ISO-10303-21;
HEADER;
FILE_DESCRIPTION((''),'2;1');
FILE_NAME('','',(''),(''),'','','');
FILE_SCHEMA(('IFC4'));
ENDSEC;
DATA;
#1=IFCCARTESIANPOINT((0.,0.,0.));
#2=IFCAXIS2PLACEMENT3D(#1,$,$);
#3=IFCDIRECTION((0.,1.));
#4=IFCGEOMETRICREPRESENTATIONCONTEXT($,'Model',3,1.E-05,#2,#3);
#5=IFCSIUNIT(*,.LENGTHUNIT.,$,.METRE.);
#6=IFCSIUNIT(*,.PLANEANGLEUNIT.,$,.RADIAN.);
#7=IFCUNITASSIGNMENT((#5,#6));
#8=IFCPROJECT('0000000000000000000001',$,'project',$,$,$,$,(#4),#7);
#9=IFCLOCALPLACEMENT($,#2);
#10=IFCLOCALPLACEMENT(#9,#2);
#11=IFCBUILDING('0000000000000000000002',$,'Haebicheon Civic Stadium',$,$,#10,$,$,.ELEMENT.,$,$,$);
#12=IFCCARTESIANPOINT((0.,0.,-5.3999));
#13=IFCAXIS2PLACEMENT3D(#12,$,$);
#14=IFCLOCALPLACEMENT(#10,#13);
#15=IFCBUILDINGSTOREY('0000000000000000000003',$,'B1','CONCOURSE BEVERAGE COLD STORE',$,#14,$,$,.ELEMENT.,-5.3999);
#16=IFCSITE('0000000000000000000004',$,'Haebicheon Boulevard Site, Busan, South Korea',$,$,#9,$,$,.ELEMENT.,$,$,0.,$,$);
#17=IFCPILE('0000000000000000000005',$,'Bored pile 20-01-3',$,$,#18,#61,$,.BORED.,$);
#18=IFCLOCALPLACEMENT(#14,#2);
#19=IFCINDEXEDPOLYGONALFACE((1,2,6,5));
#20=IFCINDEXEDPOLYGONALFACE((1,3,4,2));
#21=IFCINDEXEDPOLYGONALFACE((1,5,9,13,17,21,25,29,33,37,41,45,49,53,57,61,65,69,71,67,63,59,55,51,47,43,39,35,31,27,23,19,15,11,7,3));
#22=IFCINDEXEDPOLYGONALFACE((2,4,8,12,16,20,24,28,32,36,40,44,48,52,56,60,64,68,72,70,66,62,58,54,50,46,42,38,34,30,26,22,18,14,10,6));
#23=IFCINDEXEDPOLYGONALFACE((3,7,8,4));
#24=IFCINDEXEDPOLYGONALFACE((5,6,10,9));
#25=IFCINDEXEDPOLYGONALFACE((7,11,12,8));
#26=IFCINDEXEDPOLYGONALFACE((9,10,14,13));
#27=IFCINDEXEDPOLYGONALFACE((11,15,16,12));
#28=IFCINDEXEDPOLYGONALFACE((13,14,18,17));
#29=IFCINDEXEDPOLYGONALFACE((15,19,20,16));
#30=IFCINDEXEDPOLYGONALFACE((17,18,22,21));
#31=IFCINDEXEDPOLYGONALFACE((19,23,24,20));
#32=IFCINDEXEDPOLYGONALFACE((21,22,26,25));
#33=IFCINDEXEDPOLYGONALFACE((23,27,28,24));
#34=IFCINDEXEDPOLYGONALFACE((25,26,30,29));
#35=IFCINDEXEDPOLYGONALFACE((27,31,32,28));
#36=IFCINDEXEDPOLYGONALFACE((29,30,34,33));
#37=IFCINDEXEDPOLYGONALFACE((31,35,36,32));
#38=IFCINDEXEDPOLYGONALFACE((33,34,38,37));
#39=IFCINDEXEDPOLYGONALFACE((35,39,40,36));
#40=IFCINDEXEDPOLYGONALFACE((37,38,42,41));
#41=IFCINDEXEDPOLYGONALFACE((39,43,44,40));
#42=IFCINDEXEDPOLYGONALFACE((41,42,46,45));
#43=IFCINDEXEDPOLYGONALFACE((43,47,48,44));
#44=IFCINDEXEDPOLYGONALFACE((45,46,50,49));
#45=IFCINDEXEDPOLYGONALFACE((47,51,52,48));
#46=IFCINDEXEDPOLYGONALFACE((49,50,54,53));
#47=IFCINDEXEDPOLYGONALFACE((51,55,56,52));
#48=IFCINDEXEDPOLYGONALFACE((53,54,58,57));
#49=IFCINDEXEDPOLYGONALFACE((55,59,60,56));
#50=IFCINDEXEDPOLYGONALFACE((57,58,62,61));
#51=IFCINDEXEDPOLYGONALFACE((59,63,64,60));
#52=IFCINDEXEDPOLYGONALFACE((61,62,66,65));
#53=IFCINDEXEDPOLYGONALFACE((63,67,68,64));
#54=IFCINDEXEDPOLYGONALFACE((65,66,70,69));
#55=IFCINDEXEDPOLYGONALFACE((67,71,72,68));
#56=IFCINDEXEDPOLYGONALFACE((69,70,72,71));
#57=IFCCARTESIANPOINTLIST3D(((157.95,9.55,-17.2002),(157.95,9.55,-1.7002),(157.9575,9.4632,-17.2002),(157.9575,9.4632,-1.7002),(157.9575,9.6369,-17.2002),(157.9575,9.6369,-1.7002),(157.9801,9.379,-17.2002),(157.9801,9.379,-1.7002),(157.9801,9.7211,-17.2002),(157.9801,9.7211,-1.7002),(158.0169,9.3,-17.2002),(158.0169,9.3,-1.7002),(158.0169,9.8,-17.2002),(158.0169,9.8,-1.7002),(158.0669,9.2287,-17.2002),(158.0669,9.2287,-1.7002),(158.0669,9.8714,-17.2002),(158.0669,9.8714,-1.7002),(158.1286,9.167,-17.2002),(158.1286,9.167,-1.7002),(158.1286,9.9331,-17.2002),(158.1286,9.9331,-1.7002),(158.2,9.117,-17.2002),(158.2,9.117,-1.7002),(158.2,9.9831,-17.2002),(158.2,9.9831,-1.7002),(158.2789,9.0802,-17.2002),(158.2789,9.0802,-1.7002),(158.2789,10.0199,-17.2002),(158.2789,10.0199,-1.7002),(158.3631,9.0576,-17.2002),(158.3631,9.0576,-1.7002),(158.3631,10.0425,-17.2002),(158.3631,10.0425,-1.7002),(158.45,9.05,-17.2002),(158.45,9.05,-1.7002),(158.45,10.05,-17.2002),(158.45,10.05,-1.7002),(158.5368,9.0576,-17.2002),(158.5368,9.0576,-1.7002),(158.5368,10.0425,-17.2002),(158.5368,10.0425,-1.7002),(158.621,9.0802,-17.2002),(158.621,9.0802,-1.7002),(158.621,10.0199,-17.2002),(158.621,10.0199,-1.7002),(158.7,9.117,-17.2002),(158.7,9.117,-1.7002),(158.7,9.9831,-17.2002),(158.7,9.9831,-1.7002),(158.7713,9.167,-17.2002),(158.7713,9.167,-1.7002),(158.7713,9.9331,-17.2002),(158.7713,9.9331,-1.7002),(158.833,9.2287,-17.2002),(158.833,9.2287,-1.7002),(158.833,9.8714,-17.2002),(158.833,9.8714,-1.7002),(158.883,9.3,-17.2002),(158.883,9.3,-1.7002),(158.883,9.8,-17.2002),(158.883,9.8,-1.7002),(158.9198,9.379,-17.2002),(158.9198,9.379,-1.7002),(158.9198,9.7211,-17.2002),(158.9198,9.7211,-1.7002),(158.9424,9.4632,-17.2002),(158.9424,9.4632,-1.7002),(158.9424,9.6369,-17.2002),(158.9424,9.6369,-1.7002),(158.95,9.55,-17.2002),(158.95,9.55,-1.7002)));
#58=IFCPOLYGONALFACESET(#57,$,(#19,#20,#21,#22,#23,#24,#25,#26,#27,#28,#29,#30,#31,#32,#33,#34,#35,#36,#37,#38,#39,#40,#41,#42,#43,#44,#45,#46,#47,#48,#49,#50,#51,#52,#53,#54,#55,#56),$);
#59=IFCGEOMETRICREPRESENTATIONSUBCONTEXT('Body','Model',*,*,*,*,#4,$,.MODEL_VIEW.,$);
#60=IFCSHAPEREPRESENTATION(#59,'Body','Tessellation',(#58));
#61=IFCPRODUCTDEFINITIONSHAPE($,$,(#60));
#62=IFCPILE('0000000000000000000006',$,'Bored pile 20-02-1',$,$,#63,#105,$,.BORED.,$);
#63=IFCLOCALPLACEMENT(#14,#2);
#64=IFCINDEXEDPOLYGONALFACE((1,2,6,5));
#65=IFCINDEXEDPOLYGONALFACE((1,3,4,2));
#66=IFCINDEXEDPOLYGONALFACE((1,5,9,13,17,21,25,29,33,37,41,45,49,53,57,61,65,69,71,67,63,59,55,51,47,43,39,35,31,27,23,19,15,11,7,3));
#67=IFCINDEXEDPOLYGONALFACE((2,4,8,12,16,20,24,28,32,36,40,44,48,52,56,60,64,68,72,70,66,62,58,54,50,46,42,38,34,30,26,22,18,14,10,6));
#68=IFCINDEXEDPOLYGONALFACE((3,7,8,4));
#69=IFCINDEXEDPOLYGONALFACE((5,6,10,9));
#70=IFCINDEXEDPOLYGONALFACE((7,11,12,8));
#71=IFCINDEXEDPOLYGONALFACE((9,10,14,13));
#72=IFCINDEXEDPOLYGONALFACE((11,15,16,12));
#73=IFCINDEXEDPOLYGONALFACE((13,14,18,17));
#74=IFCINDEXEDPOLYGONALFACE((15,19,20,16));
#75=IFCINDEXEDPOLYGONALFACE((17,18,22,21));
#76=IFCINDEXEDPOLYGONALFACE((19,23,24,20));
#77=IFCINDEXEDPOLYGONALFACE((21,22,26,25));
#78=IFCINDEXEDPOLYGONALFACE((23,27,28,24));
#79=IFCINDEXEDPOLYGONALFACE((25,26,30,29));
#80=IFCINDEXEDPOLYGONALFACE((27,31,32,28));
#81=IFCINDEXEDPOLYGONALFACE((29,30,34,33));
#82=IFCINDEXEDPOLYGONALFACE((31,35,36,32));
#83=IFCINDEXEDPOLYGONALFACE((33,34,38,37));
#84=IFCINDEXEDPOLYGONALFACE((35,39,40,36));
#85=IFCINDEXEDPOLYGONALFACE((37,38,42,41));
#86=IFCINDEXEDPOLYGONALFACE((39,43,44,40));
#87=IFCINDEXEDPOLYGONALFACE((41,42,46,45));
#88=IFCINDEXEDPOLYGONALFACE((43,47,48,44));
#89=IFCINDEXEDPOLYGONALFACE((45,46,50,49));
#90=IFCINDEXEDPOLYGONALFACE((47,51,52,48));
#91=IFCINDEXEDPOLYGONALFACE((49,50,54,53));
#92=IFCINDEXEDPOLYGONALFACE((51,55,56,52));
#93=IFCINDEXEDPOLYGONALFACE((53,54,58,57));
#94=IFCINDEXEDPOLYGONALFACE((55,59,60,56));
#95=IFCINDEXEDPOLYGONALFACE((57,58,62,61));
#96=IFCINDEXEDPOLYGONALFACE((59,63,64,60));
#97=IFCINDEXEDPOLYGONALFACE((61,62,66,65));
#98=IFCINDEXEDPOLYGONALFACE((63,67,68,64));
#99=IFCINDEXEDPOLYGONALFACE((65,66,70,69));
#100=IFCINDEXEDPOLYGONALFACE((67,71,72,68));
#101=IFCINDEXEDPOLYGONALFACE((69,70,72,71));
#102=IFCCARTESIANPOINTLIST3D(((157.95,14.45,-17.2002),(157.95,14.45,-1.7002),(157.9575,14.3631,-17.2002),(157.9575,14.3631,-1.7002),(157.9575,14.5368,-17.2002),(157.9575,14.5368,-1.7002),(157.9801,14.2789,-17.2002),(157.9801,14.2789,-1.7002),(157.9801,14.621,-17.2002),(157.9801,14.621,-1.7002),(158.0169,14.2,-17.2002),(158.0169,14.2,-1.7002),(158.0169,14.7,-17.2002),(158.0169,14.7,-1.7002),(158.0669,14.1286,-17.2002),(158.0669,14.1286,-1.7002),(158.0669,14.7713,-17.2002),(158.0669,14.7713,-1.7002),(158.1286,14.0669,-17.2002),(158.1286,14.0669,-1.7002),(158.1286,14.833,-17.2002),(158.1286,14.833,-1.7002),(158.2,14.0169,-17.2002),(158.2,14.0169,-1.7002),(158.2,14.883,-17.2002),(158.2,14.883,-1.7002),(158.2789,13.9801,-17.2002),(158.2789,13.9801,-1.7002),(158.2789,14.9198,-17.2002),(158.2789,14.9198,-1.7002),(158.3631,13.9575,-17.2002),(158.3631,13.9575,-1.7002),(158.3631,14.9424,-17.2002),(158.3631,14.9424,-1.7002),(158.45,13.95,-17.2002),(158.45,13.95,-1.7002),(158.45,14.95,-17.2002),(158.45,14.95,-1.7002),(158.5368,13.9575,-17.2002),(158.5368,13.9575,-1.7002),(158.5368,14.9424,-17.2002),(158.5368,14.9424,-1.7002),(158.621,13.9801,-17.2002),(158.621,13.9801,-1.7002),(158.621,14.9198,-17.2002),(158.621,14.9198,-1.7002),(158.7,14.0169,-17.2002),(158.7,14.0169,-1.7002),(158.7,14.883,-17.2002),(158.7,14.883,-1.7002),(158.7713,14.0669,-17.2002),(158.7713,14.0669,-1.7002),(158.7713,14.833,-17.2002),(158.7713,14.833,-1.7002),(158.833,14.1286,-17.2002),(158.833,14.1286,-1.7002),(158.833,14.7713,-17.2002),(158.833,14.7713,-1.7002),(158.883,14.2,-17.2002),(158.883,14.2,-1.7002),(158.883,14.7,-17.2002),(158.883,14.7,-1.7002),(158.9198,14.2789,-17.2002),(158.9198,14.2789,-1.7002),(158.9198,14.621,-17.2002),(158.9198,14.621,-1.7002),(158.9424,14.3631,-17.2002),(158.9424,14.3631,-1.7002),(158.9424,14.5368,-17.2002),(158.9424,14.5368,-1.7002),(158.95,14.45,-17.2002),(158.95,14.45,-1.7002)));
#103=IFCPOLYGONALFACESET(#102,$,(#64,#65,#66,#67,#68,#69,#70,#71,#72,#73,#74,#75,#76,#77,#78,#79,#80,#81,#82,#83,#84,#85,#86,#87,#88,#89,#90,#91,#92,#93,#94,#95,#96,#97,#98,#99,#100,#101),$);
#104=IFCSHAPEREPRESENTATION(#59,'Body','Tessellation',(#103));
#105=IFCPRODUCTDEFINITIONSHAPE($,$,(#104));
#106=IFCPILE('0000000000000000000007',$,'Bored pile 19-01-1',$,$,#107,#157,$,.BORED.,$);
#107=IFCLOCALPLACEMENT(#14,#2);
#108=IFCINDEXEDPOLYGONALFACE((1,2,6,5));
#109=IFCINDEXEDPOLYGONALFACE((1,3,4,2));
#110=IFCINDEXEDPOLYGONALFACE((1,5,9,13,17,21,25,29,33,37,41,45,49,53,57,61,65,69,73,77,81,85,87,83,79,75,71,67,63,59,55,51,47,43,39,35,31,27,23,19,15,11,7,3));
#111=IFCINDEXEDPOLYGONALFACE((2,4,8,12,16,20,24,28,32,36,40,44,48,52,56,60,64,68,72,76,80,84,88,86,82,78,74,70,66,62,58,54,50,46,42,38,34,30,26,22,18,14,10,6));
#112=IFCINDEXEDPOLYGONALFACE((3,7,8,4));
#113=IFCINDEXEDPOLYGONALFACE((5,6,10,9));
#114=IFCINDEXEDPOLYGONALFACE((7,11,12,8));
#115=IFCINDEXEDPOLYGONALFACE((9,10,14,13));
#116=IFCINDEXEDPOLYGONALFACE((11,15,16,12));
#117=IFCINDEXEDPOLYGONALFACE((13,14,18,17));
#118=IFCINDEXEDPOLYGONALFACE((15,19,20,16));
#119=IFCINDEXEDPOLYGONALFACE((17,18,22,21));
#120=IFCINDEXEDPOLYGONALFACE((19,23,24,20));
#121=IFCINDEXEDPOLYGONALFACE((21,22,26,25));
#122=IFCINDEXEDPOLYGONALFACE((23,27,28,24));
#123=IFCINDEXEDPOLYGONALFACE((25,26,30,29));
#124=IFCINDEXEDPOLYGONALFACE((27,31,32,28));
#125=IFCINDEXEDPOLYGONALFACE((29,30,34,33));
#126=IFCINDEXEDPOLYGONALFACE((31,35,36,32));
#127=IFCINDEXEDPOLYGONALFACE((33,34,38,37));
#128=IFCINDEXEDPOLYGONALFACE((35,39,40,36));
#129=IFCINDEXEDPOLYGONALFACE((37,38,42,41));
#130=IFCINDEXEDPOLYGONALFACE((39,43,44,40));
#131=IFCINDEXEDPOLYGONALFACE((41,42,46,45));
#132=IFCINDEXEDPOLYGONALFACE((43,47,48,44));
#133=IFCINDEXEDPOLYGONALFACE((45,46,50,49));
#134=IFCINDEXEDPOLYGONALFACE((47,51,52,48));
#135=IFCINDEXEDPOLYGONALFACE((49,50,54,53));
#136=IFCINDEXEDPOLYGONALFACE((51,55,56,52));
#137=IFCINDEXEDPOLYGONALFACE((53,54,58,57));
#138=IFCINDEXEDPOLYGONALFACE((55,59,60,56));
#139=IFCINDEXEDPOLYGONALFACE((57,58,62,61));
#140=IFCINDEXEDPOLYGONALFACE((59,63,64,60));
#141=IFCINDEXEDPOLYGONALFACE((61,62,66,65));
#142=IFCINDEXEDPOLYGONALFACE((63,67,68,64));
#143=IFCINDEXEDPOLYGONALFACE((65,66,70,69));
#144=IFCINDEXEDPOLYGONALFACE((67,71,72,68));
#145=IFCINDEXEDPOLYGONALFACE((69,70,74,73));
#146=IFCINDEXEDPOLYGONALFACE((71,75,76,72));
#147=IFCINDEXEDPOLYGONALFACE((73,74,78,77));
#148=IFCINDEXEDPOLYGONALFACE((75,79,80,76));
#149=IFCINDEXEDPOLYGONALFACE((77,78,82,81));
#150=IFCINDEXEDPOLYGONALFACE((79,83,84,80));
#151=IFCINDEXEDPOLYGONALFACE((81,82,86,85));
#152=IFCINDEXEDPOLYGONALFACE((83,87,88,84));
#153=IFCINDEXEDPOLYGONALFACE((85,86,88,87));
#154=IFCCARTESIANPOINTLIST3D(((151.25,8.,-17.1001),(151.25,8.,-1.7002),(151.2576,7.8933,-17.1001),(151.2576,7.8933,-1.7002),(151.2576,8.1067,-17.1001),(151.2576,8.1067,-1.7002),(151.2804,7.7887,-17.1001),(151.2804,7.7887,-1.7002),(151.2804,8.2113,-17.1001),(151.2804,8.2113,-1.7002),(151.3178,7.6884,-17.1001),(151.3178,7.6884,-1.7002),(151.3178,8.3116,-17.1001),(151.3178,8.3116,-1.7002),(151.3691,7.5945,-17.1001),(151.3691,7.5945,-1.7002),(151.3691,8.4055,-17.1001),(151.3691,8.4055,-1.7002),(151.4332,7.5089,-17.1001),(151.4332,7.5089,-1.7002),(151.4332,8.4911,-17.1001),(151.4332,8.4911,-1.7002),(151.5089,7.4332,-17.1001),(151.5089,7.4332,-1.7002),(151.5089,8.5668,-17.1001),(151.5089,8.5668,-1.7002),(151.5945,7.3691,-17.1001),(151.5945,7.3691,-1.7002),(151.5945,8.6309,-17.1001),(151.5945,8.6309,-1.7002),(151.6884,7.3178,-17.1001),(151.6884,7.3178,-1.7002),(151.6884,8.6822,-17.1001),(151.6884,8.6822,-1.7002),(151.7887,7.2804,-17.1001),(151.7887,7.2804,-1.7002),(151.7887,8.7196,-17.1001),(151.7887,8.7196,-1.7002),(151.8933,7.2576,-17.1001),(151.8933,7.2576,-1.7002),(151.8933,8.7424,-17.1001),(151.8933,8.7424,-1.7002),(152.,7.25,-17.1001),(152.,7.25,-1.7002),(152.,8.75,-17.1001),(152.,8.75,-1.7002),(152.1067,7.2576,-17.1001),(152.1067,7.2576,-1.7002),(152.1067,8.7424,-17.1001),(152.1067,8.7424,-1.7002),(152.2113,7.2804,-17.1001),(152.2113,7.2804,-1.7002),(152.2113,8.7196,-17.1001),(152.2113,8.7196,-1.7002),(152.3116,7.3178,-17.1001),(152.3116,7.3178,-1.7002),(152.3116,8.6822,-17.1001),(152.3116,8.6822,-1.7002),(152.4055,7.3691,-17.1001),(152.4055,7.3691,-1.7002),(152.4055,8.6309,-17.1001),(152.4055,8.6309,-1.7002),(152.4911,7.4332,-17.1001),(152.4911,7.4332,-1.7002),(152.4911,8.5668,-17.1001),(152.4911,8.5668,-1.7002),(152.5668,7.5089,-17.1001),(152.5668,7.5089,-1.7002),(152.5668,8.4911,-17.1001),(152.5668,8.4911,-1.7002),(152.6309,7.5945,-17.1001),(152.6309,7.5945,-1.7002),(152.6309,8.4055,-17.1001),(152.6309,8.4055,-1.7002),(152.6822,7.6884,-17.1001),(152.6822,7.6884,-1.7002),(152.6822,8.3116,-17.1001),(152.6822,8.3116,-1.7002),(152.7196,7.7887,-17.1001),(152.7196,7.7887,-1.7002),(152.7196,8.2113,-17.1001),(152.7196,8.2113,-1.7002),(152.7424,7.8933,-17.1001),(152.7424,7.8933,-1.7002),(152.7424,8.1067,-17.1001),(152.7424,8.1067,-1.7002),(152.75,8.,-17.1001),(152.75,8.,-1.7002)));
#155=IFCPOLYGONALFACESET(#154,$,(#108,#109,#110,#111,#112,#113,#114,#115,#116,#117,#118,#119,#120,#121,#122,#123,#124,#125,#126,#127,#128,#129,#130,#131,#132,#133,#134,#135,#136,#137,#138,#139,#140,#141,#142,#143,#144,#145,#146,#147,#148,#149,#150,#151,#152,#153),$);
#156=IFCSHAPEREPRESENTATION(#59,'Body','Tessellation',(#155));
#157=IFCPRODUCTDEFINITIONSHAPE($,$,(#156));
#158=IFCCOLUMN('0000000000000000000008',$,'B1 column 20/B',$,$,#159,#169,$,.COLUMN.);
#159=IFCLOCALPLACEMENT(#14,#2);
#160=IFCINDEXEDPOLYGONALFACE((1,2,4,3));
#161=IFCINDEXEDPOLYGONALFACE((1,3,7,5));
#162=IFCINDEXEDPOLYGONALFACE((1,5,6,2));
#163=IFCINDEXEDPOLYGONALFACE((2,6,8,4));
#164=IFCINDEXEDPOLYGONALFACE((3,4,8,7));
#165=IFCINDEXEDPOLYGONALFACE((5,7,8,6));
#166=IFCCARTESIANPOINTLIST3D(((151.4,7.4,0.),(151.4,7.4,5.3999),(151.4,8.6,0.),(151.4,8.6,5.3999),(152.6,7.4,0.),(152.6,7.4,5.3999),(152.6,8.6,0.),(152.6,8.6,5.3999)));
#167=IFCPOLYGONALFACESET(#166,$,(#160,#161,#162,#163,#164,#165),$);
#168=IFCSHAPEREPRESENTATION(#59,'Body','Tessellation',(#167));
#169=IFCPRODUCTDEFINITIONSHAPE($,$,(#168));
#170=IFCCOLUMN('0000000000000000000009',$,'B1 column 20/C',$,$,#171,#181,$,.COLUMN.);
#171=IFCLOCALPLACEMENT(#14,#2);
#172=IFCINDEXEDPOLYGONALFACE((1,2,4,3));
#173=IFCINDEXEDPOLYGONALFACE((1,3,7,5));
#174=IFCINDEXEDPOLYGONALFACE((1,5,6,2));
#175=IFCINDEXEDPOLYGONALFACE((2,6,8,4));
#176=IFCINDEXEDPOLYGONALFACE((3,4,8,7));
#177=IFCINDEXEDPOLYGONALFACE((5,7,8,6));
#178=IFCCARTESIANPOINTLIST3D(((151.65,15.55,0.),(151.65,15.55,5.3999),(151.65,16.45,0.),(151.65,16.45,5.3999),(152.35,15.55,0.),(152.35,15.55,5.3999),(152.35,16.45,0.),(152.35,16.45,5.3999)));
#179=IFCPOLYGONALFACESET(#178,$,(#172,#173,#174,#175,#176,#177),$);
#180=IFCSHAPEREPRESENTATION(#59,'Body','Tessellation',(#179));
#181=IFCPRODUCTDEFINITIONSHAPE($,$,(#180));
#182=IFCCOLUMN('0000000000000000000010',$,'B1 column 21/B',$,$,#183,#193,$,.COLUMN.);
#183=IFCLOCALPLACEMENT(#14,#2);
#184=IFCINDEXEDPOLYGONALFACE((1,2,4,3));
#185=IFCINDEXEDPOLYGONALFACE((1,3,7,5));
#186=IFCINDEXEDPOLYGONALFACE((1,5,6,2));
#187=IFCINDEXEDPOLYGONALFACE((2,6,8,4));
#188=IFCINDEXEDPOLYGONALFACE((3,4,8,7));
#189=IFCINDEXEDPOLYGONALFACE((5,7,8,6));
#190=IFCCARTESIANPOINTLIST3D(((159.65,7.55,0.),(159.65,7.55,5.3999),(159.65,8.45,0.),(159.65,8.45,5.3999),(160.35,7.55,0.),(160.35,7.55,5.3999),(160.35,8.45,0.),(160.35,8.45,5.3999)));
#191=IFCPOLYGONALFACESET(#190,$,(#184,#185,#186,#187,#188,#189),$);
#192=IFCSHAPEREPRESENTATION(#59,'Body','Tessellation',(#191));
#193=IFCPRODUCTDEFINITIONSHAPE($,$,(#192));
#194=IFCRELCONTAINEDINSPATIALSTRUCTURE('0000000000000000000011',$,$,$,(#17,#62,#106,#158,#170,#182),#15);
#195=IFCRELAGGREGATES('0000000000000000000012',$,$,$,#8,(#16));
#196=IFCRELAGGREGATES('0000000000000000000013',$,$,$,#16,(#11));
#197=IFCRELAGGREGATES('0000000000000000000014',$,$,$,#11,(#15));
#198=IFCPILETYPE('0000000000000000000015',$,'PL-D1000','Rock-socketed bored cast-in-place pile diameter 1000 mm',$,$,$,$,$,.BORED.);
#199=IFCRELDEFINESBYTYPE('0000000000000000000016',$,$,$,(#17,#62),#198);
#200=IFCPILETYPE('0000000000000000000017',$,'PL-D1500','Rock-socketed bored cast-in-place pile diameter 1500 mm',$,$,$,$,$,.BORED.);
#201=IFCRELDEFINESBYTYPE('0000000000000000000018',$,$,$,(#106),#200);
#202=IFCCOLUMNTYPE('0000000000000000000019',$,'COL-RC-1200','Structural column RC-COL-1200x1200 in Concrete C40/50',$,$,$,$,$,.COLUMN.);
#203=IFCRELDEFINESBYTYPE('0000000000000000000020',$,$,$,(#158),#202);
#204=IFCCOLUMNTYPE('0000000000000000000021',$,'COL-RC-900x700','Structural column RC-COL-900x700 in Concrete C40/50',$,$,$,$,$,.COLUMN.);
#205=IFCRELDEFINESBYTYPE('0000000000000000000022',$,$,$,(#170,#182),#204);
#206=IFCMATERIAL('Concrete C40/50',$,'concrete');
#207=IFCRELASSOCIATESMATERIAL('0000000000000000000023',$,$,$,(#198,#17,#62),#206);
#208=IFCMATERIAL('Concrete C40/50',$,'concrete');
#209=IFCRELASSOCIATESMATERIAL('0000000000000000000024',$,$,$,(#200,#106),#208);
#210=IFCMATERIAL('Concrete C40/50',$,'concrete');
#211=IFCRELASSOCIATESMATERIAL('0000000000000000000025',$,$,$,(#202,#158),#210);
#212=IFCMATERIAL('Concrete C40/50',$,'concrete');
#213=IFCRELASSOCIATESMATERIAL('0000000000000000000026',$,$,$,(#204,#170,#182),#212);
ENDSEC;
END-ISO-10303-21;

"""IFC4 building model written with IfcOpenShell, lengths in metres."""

from ifc_helpers import new_model, si_unit, direction, frame, origin, origin_2d, place, context, subcontext, project, spatial, rectangle, circle, extrude, material, material_profile, profile_set, type_object, element, save


model = new_model("IFC4")

# Units and contexts
model_context = context("Model", 3, precision=1e-05, world=origin(), true_north=direction((0.0, 1.0)))
body_context = subcontext(model_context, "Body", "Model", "MODEL_VIEW")
ifc_project = project(units=[si_unit("LENGTHUNIT", "METRE"), si_unit("PLANEANGLEUNIT", "RADIAN")], contexts=[model_context])

# Site, building, storey
site_placement = place(None, origin())
site = spatial("IfcSite", under=ifc_project, at=site_placement, Name="Haebicheon Boulevard Site, Busan, South Korea", CompositionType="ELEMENT", RefElevation=0.0)
building_placement = place(site_placement, origin())
building = spatial("IfcBuilding", under=site, at=building_placement, Name="Haebicheon Civic Stadium", CompositionType="ELEMENT")
storey_placement = place(building_placement, frame((0.0, 0.0, -5.3999)))
storey = spatial("IfcBuildingStorey", under=building, at=storey_placement, Name="B1", Description="CONCOURSE BEVERAGE COLD STORE", CompositionType="ELEMENT", Elevation=-5.3999)

# Piles
ifc_material_1 = material(Name="Concrete C40/50", Category="concrete")
ifc_material_profile_1 = material_profile(ifc_material_1, circle(Radius=0.5, at=origin_2d()), Name="PILE-D1000")
ifc_profile_set_1 = profile_set([ifc_material_profile_1], Name="Concrete C40/50")
pile_type_1 = type_object("IfcPileType", Name="PL-D1000", Description="Rock-socketed bored cast-in-place pile diameter 1000 mm", PredefinedType="BORED", material=ifc_profile_set_1)
for number, where, z_axis, x_axis, name in (
    (1, (158.45, 9.55, -1.7002), (0.0, 0.0, -1.0), (1.0, 0.0, 0.0), "Bored pile 20-01-3"),
    (2, (158.45, 14.45, -1.7002), (0.0, 0.0, -1.0), (1.0, 0.0, 0.0), "Bored pile 20-02-1"),
):
    element("IfcPile", number, at=place(storey_placement, frame(where, z_axis=z_axis, x_axis=x_axis)), inside=storey, type_object=pile_type_1, material=ifc_profile_set_1, Name=name, PredefinedType="BORED", context=body_context, shape_type="SweptSolid", body=[
        extrude(circle(Radius=0.5, at=origin_2d()), origin(), (0.0, 0.0, 1.0), 15.5),
    ])
ifc_material_2 = material(Name="Concrete C40/50", Category="concrete")
ifc_material_profile_2 = material_profile(ifc_material_2, circle(Radius=0.75, at=origin_2d()), Name="PILE-D1500")
ifc_profile_set_2 = profile_set([ifc_material_profile_2], Name="Concrete C40/50")
pile_type_2 = type_object("IfcPileType", Name="PL-D1500", Description="Rock-socketed bored cast-in-place pile diameter 1500 mm", PredefinedType="BORED", material=ifc_profile_set_2)
pile_1_placement = place(storey_placement, frame((152.0, 8.0, -1.7002), z_axis=(0.0, 0.0, -1.0), x_axis=(1.0, 0.0, 0.0)))
element("IfcPile", 3, at=pile_1_placement, inside=storey, type_object=pile_type_2, material=ifc_profile_set_2, Name="Bored pile 19-01-1", PredefinedType="BORED", context=body_context, shape_type="SweptSolid", body=[
    extrude(circle(Radius=0.75, at=origin_2d()), origin(), (0.0, 0.0, 1.0), 15.3999),
])

# Columns
ifc_material_3 = material(Name="Concrete C40/50", Category="concrete")
ifc_material_profile_3 = material_profile(ifc_material_3, rectangle(XDim=1.2, YDim=1.2, at=origin_2d()), Name="RC-COL-1200x1200")
ifc_profile_set_3 = profile_set([ifc_material_profile_3], Name="Concrete C40/50")
column_type_1 = type_object("IfcColumnType", Name="COL-RC-1200", Description="Structural column RC-COL-1200x1200 in Concrete C40/50", PredefinedType="COLUMN", material=ifc_profile_set_3)
column_placement = place(storey_placement, frame((152.0, 8.0, 0.0), z_axis=(0.0, 0.0, 1.0), x_axis=(1.0, 0.0, 0.0)))
element("IfcColumn", 4, at=column_placement, inside=storey, type_object=column_type_1, material=ifc_profile_set_3, Name="B1 column 20/B", PredefinedType="COLUMN", context=body_context, shape_type="SweptSolid", body=[
    extrude(rectangle(XDim=1.2, YDim=1.2, at=origin_2d()), origin(), (0.0, 0.0, 1.0), 5.3999),
])
ifc_material_4 = material(Name="Concrete C40/50", Category="concrete")
ifc_material_profile_4 = material_profile(ifc_material_4, rectangle(XDim=0.7, YDim=0.8999, at=origin_2d()), Name="RC-COL-900x700")
ifc_profile_set_4 = profile_set([ifc_material_profile_4], Name="Concrete C40/50")
column_type_2 = type_object("IfcColumnType", Name="COL-RC-900x700", Description="Structural column RC-COL-900x700 in Concrete C40/50", PredefinedType="COLUMN", material=ifc_profile_set_4)
for number, where, z_axis, x_axis, name in (
    (5, (152.0, 16.0, 0.0), (0.0, 0.0, 1.0), (1.0, 0.0, 0.0), "B1 column 20/C"),
    (6, (160.0, 8.0, 0.0), (0.0, 0.0, 1.0), (1.0, 0.0, 0.0), "B1 column 21/B"),
):
    element("IfcColumn", number, at=place(storey_placement, frame(where, z_axis=z_axis, x_axis=x_axis)), inside=storey, type_object=column_type_2, material=ifc_profile_set_4, Name=name, PredefinedType="COLUMN", context=body_context, shape_type="SweptSolid", body=[
        extrude(rectangle(XDim=0.7, YDim=0.8999, at=origin_2d()), origin(), (0.0, 0.0, 1.0), 5.3999),
    ])

save(model, "model.ifc")
